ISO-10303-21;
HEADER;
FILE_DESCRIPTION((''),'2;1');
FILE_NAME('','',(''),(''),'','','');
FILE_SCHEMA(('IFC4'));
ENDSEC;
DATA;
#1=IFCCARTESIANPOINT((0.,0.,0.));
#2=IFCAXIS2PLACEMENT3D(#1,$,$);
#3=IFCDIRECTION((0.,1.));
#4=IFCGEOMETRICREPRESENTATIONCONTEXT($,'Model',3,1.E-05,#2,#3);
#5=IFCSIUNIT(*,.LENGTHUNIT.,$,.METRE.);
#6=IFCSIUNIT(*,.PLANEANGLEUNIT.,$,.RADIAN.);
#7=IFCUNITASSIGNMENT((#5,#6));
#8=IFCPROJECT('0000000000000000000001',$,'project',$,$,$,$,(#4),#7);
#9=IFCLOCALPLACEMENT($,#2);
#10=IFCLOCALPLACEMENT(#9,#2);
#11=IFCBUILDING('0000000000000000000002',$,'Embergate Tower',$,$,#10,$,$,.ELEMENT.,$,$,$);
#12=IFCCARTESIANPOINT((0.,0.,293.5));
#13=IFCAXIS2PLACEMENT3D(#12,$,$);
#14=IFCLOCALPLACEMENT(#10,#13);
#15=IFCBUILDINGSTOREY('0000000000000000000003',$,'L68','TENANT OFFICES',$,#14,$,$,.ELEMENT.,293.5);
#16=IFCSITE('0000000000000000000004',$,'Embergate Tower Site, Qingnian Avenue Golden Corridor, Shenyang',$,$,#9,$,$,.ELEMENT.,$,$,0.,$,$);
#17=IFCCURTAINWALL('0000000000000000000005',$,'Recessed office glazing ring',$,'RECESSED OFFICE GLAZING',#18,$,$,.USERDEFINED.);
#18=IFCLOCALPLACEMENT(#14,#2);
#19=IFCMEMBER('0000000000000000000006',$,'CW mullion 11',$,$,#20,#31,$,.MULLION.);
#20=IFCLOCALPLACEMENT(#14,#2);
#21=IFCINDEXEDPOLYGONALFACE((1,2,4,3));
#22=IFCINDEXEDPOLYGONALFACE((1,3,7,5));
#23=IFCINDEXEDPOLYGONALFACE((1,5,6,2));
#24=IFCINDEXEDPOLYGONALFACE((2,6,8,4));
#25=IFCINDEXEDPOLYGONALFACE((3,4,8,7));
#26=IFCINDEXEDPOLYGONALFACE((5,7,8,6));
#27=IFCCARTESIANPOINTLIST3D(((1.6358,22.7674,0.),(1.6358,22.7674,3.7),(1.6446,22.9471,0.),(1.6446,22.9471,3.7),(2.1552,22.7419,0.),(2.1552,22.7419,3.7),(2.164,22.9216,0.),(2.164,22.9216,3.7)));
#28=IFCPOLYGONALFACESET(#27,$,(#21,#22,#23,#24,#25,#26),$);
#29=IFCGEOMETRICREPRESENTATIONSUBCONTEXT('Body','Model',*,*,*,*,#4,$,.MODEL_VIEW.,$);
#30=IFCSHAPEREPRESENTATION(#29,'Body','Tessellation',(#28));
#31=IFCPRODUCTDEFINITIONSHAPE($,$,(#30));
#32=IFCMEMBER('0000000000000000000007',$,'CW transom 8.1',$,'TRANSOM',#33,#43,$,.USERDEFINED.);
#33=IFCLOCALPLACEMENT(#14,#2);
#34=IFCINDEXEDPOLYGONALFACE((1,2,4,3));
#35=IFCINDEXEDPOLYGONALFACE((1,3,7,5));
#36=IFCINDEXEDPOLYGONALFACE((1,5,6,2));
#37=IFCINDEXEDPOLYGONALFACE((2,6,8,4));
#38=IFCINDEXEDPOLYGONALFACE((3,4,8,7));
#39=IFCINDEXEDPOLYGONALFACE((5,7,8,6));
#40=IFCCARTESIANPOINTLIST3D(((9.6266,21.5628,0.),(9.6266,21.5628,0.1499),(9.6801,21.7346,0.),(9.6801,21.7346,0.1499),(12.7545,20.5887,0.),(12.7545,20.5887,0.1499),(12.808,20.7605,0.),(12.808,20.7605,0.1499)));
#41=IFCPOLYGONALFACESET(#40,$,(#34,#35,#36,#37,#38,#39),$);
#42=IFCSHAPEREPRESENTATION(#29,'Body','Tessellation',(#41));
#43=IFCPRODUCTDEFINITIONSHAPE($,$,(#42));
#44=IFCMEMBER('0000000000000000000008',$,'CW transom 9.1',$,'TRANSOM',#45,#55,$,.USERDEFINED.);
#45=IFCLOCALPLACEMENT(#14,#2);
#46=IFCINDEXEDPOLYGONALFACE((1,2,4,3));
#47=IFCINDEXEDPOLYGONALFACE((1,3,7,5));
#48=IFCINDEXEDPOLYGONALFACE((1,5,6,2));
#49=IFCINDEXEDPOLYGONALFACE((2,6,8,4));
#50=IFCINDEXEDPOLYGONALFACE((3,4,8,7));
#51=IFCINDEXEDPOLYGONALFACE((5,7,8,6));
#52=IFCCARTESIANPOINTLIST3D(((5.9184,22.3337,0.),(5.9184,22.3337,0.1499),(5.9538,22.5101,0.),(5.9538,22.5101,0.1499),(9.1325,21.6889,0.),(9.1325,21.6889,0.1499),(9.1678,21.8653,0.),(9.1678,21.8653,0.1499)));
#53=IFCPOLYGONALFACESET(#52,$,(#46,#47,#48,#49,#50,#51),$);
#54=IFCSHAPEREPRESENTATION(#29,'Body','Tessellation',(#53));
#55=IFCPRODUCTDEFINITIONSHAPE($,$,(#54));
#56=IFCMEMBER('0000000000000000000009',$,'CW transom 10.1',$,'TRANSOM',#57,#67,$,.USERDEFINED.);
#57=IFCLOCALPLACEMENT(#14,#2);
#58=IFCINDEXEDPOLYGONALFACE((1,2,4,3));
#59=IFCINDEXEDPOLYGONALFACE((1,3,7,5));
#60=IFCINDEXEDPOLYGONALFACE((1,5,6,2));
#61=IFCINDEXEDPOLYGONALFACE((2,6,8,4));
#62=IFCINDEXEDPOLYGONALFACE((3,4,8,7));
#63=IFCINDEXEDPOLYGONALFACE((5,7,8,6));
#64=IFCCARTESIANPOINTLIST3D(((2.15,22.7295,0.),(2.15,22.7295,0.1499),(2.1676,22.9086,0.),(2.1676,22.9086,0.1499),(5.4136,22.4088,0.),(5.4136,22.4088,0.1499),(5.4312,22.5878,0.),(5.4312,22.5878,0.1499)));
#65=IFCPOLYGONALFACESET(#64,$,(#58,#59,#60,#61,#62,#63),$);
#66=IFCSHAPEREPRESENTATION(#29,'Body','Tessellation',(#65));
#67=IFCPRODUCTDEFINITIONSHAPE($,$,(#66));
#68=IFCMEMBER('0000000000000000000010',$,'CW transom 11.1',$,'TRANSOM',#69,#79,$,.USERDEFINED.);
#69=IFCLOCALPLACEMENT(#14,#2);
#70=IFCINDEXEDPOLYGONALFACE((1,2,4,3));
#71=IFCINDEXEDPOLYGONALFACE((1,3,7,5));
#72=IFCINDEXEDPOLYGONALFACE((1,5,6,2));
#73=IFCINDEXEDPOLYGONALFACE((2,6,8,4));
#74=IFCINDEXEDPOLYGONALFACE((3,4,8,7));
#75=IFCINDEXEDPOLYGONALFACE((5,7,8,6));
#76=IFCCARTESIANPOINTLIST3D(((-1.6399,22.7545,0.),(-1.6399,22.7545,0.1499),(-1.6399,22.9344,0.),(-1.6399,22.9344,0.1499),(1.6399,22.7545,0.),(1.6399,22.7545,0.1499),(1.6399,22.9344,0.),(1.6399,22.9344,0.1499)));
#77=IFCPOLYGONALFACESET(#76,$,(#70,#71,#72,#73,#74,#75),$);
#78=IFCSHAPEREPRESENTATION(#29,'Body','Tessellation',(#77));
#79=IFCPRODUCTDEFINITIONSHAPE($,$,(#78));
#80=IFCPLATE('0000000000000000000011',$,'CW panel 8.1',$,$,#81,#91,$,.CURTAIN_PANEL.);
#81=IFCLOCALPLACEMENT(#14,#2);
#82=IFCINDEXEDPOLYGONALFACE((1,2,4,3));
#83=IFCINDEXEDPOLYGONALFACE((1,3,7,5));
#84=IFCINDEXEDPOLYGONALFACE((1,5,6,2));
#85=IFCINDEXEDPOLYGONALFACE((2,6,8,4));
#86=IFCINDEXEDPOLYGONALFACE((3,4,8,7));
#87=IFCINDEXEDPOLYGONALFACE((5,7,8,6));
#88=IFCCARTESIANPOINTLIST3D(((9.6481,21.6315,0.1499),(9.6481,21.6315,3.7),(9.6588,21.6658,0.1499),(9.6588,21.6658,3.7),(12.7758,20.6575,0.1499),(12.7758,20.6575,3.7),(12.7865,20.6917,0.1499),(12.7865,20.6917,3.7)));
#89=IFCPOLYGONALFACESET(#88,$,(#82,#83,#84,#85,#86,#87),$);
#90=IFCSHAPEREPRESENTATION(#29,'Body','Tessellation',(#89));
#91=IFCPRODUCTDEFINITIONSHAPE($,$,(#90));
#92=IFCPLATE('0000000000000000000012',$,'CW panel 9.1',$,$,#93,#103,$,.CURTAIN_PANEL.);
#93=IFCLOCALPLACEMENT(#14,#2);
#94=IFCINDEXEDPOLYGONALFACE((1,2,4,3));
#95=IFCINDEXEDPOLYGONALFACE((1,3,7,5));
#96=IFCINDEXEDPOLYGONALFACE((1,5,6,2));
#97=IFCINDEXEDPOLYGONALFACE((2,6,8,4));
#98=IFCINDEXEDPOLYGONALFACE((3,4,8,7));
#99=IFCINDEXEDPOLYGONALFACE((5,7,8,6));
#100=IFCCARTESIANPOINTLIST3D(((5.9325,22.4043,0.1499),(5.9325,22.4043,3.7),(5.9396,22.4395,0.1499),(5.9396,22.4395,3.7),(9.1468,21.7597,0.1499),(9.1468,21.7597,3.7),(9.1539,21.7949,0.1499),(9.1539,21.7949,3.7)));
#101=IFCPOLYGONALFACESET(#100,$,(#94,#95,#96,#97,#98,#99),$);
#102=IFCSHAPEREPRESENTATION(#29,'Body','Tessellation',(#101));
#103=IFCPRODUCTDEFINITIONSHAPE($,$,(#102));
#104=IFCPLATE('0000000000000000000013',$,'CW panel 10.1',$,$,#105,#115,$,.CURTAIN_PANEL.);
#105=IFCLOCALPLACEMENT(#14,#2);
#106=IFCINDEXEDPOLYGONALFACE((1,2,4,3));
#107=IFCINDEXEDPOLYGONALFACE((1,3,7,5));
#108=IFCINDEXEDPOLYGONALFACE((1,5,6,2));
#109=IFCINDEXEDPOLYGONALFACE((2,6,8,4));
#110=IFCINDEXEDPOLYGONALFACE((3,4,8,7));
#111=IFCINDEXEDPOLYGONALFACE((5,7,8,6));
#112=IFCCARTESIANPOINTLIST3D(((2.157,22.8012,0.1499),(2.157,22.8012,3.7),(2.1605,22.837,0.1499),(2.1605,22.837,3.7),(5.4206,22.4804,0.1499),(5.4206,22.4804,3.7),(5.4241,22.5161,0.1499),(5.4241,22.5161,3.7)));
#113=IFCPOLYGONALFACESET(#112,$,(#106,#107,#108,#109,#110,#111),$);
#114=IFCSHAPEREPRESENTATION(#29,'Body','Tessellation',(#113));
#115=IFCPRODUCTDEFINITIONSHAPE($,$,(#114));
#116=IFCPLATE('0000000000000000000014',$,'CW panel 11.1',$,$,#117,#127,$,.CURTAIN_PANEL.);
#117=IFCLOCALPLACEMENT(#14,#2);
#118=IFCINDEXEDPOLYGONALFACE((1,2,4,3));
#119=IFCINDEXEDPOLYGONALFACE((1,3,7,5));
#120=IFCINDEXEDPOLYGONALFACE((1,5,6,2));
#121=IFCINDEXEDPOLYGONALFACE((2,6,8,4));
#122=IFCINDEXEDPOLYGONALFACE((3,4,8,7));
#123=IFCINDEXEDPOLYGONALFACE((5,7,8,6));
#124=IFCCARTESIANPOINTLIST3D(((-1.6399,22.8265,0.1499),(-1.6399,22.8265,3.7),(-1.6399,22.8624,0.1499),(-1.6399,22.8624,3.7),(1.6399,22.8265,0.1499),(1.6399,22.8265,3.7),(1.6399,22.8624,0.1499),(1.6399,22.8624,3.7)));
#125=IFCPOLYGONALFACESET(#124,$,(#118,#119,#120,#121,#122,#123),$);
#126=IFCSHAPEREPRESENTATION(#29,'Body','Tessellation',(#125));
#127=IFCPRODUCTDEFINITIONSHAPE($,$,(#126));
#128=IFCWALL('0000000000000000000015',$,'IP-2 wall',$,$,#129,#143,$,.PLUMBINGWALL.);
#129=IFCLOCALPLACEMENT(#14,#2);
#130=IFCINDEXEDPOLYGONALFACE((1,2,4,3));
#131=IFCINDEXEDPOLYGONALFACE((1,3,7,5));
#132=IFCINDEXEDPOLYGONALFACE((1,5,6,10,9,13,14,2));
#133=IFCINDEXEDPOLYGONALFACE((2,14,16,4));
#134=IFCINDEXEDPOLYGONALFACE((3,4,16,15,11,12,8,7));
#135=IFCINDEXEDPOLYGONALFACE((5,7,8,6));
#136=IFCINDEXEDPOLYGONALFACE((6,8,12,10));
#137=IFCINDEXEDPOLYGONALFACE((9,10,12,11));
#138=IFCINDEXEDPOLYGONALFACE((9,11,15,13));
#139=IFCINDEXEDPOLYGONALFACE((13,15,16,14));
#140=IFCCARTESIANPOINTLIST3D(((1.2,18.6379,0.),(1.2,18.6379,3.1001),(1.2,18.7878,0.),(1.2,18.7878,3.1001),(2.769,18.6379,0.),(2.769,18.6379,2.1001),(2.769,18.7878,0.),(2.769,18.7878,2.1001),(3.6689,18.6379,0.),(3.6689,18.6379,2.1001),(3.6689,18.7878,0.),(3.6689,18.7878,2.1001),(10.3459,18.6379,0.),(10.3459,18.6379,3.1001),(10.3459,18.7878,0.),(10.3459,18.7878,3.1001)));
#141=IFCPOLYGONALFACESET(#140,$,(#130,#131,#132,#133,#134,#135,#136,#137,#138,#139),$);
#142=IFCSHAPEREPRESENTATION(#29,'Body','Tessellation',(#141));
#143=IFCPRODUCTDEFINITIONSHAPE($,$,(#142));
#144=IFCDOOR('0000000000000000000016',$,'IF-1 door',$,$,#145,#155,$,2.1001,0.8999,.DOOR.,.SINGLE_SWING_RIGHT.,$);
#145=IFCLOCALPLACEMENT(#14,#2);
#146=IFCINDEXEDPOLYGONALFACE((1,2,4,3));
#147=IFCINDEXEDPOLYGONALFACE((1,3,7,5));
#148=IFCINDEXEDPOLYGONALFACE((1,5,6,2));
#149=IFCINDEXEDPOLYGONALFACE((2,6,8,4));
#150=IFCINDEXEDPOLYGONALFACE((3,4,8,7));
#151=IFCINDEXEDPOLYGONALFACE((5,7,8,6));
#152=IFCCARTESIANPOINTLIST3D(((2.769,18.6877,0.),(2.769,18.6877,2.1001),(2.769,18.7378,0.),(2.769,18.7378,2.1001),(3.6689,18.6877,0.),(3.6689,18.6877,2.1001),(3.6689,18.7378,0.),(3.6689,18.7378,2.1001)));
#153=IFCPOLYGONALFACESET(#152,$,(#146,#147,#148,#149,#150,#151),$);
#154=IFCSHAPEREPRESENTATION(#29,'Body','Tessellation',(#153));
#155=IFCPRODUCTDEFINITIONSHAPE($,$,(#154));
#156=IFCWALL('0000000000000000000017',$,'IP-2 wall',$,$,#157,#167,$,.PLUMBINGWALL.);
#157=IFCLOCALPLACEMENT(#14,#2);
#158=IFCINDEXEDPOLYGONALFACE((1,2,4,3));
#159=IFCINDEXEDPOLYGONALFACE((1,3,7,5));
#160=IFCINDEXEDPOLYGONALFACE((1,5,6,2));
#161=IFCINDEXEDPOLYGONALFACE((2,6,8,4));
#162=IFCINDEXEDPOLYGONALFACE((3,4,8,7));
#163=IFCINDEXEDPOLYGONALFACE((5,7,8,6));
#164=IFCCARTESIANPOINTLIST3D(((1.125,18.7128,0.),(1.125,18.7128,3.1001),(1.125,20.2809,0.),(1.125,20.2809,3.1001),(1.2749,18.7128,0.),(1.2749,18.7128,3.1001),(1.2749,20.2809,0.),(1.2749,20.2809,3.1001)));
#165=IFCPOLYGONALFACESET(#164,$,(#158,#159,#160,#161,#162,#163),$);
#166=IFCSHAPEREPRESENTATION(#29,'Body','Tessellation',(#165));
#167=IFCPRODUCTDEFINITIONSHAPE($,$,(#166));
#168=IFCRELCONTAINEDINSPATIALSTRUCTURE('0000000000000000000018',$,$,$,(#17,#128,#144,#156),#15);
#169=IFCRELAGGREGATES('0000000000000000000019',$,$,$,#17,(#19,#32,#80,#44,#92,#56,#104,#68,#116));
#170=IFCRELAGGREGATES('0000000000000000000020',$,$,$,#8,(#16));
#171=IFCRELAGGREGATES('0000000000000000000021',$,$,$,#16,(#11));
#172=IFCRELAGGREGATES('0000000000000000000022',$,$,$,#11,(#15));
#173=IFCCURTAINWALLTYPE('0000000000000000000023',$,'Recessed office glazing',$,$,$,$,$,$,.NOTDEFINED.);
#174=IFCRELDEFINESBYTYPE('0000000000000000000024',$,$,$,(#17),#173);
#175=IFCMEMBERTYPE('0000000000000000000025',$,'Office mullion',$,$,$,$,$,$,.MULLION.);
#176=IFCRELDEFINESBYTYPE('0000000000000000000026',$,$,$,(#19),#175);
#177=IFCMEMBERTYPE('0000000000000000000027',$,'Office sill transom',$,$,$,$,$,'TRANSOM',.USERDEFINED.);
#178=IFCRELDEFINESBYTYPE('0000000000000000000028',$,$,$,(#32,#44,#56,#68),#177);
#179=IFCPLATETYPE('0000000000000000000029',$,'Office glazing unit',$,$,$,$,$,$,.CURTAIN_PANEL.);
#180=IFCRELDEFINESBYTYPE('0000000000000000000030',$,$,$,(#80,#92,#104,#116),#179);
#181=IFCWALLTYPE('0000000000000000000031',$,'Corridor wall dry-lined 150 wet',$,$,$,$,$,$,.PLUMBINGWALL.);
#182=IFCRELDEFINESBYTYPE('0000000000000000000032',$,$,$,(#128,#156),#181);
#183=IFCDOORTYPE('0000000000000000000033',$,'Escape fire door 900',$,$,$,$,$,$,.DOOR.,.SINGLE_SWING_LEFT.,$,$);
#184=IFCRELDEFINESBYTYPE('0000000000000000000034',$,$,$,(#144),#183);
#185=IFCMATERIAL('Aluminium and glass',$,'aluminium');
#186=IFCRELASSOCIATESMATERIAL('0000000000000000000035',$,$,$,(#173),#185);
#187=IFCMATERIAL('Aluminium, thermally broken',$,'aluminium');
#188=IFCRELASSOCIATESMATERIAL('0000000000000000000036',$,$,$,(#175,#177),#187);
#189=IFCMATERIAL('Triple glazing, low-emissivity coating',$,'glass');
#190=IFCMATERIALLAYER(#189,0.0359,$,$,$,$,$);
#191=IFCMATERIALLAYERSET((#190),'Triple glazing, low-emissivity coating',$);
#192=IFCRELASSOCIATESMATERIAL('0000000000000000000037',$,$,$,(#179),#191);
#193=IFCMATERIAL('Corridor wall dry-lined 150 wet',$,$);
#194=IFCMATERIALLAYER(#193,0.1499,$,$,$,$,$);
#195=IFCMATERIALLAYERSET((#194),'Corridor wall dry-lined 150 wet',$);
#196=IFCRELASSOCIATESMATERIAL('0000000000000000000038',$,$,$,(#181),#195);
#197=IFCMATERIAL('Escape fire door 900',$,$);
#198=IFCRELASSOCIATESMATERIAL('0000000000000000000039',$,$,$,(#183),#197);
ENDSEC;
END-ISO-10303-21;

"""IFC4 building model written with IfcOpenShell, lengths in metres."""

from ifc_helpers import new_model, si_unit, direction, frame, frame_2d, origin, origin_2d, place, context, subcontext, project, spatial, rectangle, extrude, source, transform, mapped, material, layer, layer_set, material_profile, profile_set, type_object, element, fill, aggregate, save


model = new_model("IFC4")

# Units and contexts
model_context = context("Model", 3, precision=1e-05, world=origin(), true_north=direction((0.0, 1.0)))
body_context = subcontext(model_context, "Body", "Model", "MODEL_VIEW")
ifc_project = project(units=[si_unit("LENGTHUNIT", "METRE"), si_unit("PLANEANGLEUNIT", "RADIAN")], contexts=[model_context])

# Site, building, storey
site_placement = place(None, origin())
site = spatial("IfcSite", under=ifc_project, at=site_placement, Name="Embergate Tower Site, Qingnian Avenue Golden Corridor, Shenyang", CompositionType="ELEMENT", RefElevation=0.0)
building_placement = place(site_placement, origin())
building = spatial("IfcBuilding", under=site, at=building_placement, Name="Embergate Tower", CompositionType="ELEMENT")
storey_placement = place(building_placement, frame((0.0, 0.0, 293.5)))
storey = spatial("IfcBuildingStorey", under=building, at=storey_placement, Name="L68", Description="TENANT OFFICES", CompositionType="ELEMENT", Elevation=293.5)

# Curtain wall, members, plates
ifc_material_1 = material(Name="Aluminium and glass", Category="aluminium")
curtain_wall_type = type_object("IfcCurtainWallType", Name="Recessed office glazing", PredefinedType="NOTDEFINED", material=ifc_material_1)
curtain_wall_placement = place(storey_placement, origin())
curtain_wall = element("IfcCurtainWall", 1, at=curtain_wall_placement, inside=storey, type_object=curtain_wall_type, Name="Recessed office glazing ring", ObjectType="RECESSED OFFICE GLAZING", PredefinedType="USERDEFINED")
ifc_material_2 = material(Name="Aluminium, thermally broken", Category="aluminium")
ifc_material_profile_1 = material_profile(ifc_material_2, rectangle(XDim=0.1799, YDim=0.52, at=origin_2d()), Name="AL 520x180")
ifc_profile_set_1 = profile_set([ifc_material_profile_1], Name="Aluminium, thermally broken")
member_type_1 = type_object("IfcMemberType", Name="Office mullion", PredefinedType="MULLION", material=ifc_profile_set_1)
shared_shape_1 = source(origin(), body_context, "Body", "SweptSolid", [
    extrude(rectangle(XDim=0.1799, YDim=0.52, at=origin_2d()), origin(), (0.0, 0.0, 1.0), 3.7),
])
member_1_placement = place(storey_placement, frame((1.8999, 22.8445, 0.0), z_axis=(0.0, 0.0, 1.0), x_axis=(-0.048972, -0.9988, 0.0)))
member_1 = element("IfcMember", 2, at=member_1_placement, type_object=member_type_1, Name="CW mullion 11", PredefinedType="MULLION", context=body_context, shape_type="MappedRepresentation", body=[
    mapped(shared_shape_1, transform((0.0, 0.0, 0.0))),
])
ifc_material_profile_2 = material_profile(ifc_material_2, rectangle(XDim=0.1799, YDim=0.1499, at=origin_2d()), Name="AL 150x180")
ifc_profile_set_2 = profile_set([ifc_material_profile_2], Name="Aluminium, thermally broken")
member_type_2 = type_object("IfcMemberType", Name="Office sill transom", ElementType="TRANSOM", PredefinedType="USERDEFINED", material=ifc_profile_set_2)
shared_shape_2 = source(origin(), body_context, "Body", "SweptSolid", [
    extrude(rectangle(XDim=0.1799, YDim=0.1499, at=origin_2d()), origin(), (0.0, 0.0, 1.0), 3.2761),
])
member_2_placement = place(storey_placement, frame((12.7812, 20.6746, 0.075), z_axis=(-0.954771, 0.297341, 0.0), x_axis=(-0.297341, -0.954771, 0.0)))
member_2 = element("IfcMember", 3, at=member_2_placement, type_object=member_type_2, Name="CW transom 8.1", ObjectType="TRANSOM", PredefinedType="USERDEFINED", context=body_context, shape_type="MappedRepresentation", body=[
    mapped(shared_shape_2, transform((0.0, 0.0, 0.0))),
])
shared_shape_3 = source(origin(), body_context, "Body", "SweptSolid", [
    extrude(rectangle(XDim=0.1799, YDim=0.1499, at=origin_2d()), origin(), (0.0, 0.0, 1.0), 3.2781),
])
member_3_placement = place(storey_placement, frame((9.1501, 21.7771, 0.075), z_axis=(-0.980466, 0.196689, 0.0), x_axis=(-0.196689, -0.980466, 0.0)))
member_3 = element("IfcMember", 4, at=member_3_placement, type_object=member_type_2, Name="CW transom 9.1", ObjectType="TRANSOM", PredefinedType="USERDEFINED", context=body_context, shape_type="MappedRepresentation", body=[
    mapped(shared_shape_3, transform((0.0, 0.0, 0.0))),
])
shared_shape_4 = source(origin(), body_context, "Body", "SweptSolid", [
    extrude(rectangle(XDim=0.1799, YDim=0.1499, at=origin_2d()), origin(), (0.0, 0.0, 1.0), 3.2793),
])
member_4_placement = place(storey_placement, frame((5.4224, 22.4983, 0.075), z_axis=(-0.995204, 0.097823, 0.0), x_axis=(-0.097823, -0.995204, 0.0)))
member_4 = element("IfcMember", 5, at=member_4_placement, type_object=member_type_2, Name="CW transom 10.1", ObjectType="TRANSOM", PredefinedType="USERDEFINED", context=body_context, shape_type="MappedRepresentation", body=[
    mapped(shared_shape_4, transform((0.0, 0.0, 0.0))),
])
shared_shape_5 = source(origin(), body_context, "Body", "SweptSolid", [
    extrude(rectangle(XDim=0.1799, YDim=0.1499, at=origin_2d()), origin(), (0.0, 0.0, 1.0), 3.2798),
])
member_5_placement = place(storey_placement, frame((1.6399, 22.8445, 0.075), z_axis=(-1.0, 0.0, 0.0), x_axis=(0.0, -1.0, 0.0)))
member_5 = element("IfcMember", 6, at=member_5_placement, type_object=member_type_2, Name="CW transom 11.1", ObjectType="TRANSOM", PredefinedType="USERDEFINED", context=body_context, shape_type="MappedRepresentation", body=[
    mapped(shared_shape_5, transform((0.0, 0.0, 0.0))),
])
ifc_material_3 = material(Name="Triple glazing, low-emissivity coating", Category="glass")
ifc_layer_1 = layer(ifc_material_3, 0.0359)
ifc_layer_set_1 = layer_set([ifc_layer_1], Name="Triple glazing, low-emissivity coating")
plate_type = type_object("IfcPlateType", Name="Office glazing unit", PredefinedType="CURTAIN_PANEL", material=ifc_layer_set_1)
shared_shape_6 = source(origin(), body_context, "Body", "SweptSolid", [
    extrude(rectangle(XDim=3.2759, YDim=0.0359, at=origin_2d()), origin(), (0.0, 0.0, 1.0), 3.55),
])
plate_1_placement = place(storey_placement, frame((11.2173, 21.1616, 0.1499), z_axis=(0.0, 0.0, 1.0), x_axis=(-0.954771, 0.297342, 0.0)))
plate_1 = element("IfcPlate", 7, at=plate_1_placement, type_object=plate_type, Name="CW panel 8.1", PredefinedType="CURTAIN_PANEL", context=body_context, shape_type="MappedRepresentation", body=[
    mapped(shared_shape_6, transform((0.0, 0.0, 0.0))),
])
shared_shape_7 = source(origin(), body_context, "Body", "SweptSolid", [
    extrude(rectangle(XDim=3.2783, YDim=0.0359, at=origin_2d()), origin(), (0.0, 0.0, 1.0), 3.55),
])
plate_2_placement = place(storey_placement, frame((7.5432, 22.0996, 0.1499), z_axis=(0.0, 0.0, 1.0), x_axis=(-0.980476, 0.196641, 0.0)))
plate_2 = element("IfcPlate", 8, at=plate_2_placement, type_object=plate_type, Name="CW panel 9.1", PredefinedType="CURTAIN_PANEL", context=body_context, shape_type="MappedRepresentation", body=[
    mapped(shared_shape_7, transform((0.0, 0.0, 0.0))),
])
shared_shape_8 = source(origin(), body_context, "Body", "SweptSolid", [
    extrude(rectangle(XDim=3.2793, YDim=0.0359, at=origin_2d()), origin(), (0.0, 0.0, 1.0), 3.55),
])
plate_3_placement = place(storey_placement, frame((3.7905, 22.6587, 0.1499), z_axis=(0.0, 0.0, 1.0), x_axis=(-0.995203, 0.09783, 0.0)))
plate_3 = element("IfcPlate", 9, at=plate_3_placement, type_object=plate_type, Name="CW panel 10.1", PredefinedType="CURTAIN_PANEL", context=body_context, shape_type="MappedRepresentation", body=[
    mapped(shared_shape_8, transform((0.0, 0.0, 0.0))),
])
shared_shape_9 = source(origin(), body_context, "Body", "SweptSolid", [
    extrude(rectangle(XDim=3.2798, YDim=0.0359, at=origin_2d()), origin(), (0.0, 0.0, 1.0), 3.55),
])
plate_4_placement = place(storey_placement, frame((0.0, 22.8445, 0.1499), z_axis=(0.0, 0.0, 1.0), x_axis=(-1.0, 0.0, 0.0)))
plate_4 = element("IfcPlate", 10, at=plate_4_placement, type_object=plate_type, Name="CW panel 11.1", PredefinedType="CURTAIN_PANEL", context=body_context, shape_type="MappedRepresentation", body=[
    mapped(shared_shape_9, transform((0.0, 0.0, 0.0))),
])
aggregate(curtain_wall, [member_1, member_2, plate_1, member_3, plate_2, member_4, plate_3, member_5, plate_4])

# Wall, opening, door
ifc_material_4 = material(Name="Corridor wall dry-lined 150 wet")
ifc_layer_2 = layer(ifc_material_4, 0.1499)
ifc_layer_set_2 = layer_set([ifc_layer_2], Name="Corridor wall dry-lined 150 wet")
wall_type_1 = type_object("IfcWallType", Name="Corridor wall dry-lined 150 wet", PredefinedType="PLUMBINGWALL", material=ifc_layer_set_2)
shared_shape_10 = source(origin(), body_context, "Body", "SweptSolid", [
    extrude(rectangle(XDim=9.146, YDim=0.1499, at=frame_2d((4.573, 0.0))), origin(), (0.0, 0.0, 1.0), 3.1001),
])
wall_1_placement = place(storey_placement, frame((1.2, 18.7129, 0.0), z_axis=(0.0, 0.0, 1.0), x_axis=(1.0, 0.0, 0.0)))
wall_1 = element("IfcWall", 11, at=wall_1_placement, inside=storey, type_object=wall_type_1, Name="IP-2 wall", PredefinedType="PLUMBINGWALL", context=body_context, shape_type="MappedRepresentation", body=[
    mapped(shared_shape_10, transform((0.0, 0.0, 0.0))),
])
shared_shape_11 = source(origin(), body_context, "Body", "SweptSolid", [
    extrude(rectangle(XDim=0.8999, YDim=2.1001, at=frame_2d((0.45, 1.05))), frame((0.0, 0.085, 0.0), z_axis=(0.0, -1.0, 0.0), x_axis=(1.0, 0.0, 0.0)), (0.0, 0.0, 1.0), 0.1699),
])
opening_placement = place(wall_1_placement, frame((1.5691, 0.0, 0.0)))
opening = element("IfcOpeningElement", 12, at=opening_placement, cuts=wall_1, PredefinedType="OPENING", context=body_context, shape_type="MappedRepresentation", body=[
    mapped(shared_shape_11, transform((0.0, 0.0, 0.0))),
])
ifc_material_5 = material(Name="Escape fire door 900")
door_type = type_object("IfcDoorType", Name="Escape fire door 900", OperationType="SINGLE_SWING_LEFT", PredefinedType="DOOR", material=ifc_material_5)
shared_shape_12 = source(origin(), body_context, "Body", "SweptSolid", [
    extrude(rectangle(XDim=0.8999, YDim=2.1001, at=frame_2d((0.45, 1.05))), frame((0.0, 0.0249, 0.0), z_axis=(0.0, -1.0, 0.0), x_axis=(1.0, 0.0, 0.0)), (0.0, 0.0, 1.0), 0.05),
])
door_placement = place(opening_placement, origin())
door = element("IfcDoor", 13, at=door_placement, inside=storey, type_object=door_type, Name="IF-1 door", OperationType="SINGLE_SWING_RIGHT", OverallHeight=2.1001, OverallWidth=0.8999, PredefinedType="DOOR", context=body_context, shape_type="MappedRepresentation", body=[
    mapped(shared_shape_12, transform((0.0, 0.0, 0.0))),
])
fill(opening, door)

# Wall
shared_shape_13 = source(origin(), body_context, "Body", "SweptSolid", [
    extrude(rectangle(XDim=1.5681, YDim=0.1499, at=frame_2d((0.7842, 0.0))), origin(), (0.0, 0.0, 1.0), 3.1001),
])
wall_2_placement = place(storey_placement, frame((1.2, 20.281, 0.0), z_axis=(0.0, 0.0, 1.0), x_axis=(0.0, -1.0, 0.0)))
element("IfcWall", 14, at=wall_2_placement, inside=storey, type_object=wall_type_1, Name="IP-2 wall", PredefinedType="PLUMBINGWALL", context=body_context, shape_type="MappedRepresentation", body=[
    mapped(shared_shape_13, transform((0.0, 0.0, 0.0))),
])

save(model, "model.ifc")
